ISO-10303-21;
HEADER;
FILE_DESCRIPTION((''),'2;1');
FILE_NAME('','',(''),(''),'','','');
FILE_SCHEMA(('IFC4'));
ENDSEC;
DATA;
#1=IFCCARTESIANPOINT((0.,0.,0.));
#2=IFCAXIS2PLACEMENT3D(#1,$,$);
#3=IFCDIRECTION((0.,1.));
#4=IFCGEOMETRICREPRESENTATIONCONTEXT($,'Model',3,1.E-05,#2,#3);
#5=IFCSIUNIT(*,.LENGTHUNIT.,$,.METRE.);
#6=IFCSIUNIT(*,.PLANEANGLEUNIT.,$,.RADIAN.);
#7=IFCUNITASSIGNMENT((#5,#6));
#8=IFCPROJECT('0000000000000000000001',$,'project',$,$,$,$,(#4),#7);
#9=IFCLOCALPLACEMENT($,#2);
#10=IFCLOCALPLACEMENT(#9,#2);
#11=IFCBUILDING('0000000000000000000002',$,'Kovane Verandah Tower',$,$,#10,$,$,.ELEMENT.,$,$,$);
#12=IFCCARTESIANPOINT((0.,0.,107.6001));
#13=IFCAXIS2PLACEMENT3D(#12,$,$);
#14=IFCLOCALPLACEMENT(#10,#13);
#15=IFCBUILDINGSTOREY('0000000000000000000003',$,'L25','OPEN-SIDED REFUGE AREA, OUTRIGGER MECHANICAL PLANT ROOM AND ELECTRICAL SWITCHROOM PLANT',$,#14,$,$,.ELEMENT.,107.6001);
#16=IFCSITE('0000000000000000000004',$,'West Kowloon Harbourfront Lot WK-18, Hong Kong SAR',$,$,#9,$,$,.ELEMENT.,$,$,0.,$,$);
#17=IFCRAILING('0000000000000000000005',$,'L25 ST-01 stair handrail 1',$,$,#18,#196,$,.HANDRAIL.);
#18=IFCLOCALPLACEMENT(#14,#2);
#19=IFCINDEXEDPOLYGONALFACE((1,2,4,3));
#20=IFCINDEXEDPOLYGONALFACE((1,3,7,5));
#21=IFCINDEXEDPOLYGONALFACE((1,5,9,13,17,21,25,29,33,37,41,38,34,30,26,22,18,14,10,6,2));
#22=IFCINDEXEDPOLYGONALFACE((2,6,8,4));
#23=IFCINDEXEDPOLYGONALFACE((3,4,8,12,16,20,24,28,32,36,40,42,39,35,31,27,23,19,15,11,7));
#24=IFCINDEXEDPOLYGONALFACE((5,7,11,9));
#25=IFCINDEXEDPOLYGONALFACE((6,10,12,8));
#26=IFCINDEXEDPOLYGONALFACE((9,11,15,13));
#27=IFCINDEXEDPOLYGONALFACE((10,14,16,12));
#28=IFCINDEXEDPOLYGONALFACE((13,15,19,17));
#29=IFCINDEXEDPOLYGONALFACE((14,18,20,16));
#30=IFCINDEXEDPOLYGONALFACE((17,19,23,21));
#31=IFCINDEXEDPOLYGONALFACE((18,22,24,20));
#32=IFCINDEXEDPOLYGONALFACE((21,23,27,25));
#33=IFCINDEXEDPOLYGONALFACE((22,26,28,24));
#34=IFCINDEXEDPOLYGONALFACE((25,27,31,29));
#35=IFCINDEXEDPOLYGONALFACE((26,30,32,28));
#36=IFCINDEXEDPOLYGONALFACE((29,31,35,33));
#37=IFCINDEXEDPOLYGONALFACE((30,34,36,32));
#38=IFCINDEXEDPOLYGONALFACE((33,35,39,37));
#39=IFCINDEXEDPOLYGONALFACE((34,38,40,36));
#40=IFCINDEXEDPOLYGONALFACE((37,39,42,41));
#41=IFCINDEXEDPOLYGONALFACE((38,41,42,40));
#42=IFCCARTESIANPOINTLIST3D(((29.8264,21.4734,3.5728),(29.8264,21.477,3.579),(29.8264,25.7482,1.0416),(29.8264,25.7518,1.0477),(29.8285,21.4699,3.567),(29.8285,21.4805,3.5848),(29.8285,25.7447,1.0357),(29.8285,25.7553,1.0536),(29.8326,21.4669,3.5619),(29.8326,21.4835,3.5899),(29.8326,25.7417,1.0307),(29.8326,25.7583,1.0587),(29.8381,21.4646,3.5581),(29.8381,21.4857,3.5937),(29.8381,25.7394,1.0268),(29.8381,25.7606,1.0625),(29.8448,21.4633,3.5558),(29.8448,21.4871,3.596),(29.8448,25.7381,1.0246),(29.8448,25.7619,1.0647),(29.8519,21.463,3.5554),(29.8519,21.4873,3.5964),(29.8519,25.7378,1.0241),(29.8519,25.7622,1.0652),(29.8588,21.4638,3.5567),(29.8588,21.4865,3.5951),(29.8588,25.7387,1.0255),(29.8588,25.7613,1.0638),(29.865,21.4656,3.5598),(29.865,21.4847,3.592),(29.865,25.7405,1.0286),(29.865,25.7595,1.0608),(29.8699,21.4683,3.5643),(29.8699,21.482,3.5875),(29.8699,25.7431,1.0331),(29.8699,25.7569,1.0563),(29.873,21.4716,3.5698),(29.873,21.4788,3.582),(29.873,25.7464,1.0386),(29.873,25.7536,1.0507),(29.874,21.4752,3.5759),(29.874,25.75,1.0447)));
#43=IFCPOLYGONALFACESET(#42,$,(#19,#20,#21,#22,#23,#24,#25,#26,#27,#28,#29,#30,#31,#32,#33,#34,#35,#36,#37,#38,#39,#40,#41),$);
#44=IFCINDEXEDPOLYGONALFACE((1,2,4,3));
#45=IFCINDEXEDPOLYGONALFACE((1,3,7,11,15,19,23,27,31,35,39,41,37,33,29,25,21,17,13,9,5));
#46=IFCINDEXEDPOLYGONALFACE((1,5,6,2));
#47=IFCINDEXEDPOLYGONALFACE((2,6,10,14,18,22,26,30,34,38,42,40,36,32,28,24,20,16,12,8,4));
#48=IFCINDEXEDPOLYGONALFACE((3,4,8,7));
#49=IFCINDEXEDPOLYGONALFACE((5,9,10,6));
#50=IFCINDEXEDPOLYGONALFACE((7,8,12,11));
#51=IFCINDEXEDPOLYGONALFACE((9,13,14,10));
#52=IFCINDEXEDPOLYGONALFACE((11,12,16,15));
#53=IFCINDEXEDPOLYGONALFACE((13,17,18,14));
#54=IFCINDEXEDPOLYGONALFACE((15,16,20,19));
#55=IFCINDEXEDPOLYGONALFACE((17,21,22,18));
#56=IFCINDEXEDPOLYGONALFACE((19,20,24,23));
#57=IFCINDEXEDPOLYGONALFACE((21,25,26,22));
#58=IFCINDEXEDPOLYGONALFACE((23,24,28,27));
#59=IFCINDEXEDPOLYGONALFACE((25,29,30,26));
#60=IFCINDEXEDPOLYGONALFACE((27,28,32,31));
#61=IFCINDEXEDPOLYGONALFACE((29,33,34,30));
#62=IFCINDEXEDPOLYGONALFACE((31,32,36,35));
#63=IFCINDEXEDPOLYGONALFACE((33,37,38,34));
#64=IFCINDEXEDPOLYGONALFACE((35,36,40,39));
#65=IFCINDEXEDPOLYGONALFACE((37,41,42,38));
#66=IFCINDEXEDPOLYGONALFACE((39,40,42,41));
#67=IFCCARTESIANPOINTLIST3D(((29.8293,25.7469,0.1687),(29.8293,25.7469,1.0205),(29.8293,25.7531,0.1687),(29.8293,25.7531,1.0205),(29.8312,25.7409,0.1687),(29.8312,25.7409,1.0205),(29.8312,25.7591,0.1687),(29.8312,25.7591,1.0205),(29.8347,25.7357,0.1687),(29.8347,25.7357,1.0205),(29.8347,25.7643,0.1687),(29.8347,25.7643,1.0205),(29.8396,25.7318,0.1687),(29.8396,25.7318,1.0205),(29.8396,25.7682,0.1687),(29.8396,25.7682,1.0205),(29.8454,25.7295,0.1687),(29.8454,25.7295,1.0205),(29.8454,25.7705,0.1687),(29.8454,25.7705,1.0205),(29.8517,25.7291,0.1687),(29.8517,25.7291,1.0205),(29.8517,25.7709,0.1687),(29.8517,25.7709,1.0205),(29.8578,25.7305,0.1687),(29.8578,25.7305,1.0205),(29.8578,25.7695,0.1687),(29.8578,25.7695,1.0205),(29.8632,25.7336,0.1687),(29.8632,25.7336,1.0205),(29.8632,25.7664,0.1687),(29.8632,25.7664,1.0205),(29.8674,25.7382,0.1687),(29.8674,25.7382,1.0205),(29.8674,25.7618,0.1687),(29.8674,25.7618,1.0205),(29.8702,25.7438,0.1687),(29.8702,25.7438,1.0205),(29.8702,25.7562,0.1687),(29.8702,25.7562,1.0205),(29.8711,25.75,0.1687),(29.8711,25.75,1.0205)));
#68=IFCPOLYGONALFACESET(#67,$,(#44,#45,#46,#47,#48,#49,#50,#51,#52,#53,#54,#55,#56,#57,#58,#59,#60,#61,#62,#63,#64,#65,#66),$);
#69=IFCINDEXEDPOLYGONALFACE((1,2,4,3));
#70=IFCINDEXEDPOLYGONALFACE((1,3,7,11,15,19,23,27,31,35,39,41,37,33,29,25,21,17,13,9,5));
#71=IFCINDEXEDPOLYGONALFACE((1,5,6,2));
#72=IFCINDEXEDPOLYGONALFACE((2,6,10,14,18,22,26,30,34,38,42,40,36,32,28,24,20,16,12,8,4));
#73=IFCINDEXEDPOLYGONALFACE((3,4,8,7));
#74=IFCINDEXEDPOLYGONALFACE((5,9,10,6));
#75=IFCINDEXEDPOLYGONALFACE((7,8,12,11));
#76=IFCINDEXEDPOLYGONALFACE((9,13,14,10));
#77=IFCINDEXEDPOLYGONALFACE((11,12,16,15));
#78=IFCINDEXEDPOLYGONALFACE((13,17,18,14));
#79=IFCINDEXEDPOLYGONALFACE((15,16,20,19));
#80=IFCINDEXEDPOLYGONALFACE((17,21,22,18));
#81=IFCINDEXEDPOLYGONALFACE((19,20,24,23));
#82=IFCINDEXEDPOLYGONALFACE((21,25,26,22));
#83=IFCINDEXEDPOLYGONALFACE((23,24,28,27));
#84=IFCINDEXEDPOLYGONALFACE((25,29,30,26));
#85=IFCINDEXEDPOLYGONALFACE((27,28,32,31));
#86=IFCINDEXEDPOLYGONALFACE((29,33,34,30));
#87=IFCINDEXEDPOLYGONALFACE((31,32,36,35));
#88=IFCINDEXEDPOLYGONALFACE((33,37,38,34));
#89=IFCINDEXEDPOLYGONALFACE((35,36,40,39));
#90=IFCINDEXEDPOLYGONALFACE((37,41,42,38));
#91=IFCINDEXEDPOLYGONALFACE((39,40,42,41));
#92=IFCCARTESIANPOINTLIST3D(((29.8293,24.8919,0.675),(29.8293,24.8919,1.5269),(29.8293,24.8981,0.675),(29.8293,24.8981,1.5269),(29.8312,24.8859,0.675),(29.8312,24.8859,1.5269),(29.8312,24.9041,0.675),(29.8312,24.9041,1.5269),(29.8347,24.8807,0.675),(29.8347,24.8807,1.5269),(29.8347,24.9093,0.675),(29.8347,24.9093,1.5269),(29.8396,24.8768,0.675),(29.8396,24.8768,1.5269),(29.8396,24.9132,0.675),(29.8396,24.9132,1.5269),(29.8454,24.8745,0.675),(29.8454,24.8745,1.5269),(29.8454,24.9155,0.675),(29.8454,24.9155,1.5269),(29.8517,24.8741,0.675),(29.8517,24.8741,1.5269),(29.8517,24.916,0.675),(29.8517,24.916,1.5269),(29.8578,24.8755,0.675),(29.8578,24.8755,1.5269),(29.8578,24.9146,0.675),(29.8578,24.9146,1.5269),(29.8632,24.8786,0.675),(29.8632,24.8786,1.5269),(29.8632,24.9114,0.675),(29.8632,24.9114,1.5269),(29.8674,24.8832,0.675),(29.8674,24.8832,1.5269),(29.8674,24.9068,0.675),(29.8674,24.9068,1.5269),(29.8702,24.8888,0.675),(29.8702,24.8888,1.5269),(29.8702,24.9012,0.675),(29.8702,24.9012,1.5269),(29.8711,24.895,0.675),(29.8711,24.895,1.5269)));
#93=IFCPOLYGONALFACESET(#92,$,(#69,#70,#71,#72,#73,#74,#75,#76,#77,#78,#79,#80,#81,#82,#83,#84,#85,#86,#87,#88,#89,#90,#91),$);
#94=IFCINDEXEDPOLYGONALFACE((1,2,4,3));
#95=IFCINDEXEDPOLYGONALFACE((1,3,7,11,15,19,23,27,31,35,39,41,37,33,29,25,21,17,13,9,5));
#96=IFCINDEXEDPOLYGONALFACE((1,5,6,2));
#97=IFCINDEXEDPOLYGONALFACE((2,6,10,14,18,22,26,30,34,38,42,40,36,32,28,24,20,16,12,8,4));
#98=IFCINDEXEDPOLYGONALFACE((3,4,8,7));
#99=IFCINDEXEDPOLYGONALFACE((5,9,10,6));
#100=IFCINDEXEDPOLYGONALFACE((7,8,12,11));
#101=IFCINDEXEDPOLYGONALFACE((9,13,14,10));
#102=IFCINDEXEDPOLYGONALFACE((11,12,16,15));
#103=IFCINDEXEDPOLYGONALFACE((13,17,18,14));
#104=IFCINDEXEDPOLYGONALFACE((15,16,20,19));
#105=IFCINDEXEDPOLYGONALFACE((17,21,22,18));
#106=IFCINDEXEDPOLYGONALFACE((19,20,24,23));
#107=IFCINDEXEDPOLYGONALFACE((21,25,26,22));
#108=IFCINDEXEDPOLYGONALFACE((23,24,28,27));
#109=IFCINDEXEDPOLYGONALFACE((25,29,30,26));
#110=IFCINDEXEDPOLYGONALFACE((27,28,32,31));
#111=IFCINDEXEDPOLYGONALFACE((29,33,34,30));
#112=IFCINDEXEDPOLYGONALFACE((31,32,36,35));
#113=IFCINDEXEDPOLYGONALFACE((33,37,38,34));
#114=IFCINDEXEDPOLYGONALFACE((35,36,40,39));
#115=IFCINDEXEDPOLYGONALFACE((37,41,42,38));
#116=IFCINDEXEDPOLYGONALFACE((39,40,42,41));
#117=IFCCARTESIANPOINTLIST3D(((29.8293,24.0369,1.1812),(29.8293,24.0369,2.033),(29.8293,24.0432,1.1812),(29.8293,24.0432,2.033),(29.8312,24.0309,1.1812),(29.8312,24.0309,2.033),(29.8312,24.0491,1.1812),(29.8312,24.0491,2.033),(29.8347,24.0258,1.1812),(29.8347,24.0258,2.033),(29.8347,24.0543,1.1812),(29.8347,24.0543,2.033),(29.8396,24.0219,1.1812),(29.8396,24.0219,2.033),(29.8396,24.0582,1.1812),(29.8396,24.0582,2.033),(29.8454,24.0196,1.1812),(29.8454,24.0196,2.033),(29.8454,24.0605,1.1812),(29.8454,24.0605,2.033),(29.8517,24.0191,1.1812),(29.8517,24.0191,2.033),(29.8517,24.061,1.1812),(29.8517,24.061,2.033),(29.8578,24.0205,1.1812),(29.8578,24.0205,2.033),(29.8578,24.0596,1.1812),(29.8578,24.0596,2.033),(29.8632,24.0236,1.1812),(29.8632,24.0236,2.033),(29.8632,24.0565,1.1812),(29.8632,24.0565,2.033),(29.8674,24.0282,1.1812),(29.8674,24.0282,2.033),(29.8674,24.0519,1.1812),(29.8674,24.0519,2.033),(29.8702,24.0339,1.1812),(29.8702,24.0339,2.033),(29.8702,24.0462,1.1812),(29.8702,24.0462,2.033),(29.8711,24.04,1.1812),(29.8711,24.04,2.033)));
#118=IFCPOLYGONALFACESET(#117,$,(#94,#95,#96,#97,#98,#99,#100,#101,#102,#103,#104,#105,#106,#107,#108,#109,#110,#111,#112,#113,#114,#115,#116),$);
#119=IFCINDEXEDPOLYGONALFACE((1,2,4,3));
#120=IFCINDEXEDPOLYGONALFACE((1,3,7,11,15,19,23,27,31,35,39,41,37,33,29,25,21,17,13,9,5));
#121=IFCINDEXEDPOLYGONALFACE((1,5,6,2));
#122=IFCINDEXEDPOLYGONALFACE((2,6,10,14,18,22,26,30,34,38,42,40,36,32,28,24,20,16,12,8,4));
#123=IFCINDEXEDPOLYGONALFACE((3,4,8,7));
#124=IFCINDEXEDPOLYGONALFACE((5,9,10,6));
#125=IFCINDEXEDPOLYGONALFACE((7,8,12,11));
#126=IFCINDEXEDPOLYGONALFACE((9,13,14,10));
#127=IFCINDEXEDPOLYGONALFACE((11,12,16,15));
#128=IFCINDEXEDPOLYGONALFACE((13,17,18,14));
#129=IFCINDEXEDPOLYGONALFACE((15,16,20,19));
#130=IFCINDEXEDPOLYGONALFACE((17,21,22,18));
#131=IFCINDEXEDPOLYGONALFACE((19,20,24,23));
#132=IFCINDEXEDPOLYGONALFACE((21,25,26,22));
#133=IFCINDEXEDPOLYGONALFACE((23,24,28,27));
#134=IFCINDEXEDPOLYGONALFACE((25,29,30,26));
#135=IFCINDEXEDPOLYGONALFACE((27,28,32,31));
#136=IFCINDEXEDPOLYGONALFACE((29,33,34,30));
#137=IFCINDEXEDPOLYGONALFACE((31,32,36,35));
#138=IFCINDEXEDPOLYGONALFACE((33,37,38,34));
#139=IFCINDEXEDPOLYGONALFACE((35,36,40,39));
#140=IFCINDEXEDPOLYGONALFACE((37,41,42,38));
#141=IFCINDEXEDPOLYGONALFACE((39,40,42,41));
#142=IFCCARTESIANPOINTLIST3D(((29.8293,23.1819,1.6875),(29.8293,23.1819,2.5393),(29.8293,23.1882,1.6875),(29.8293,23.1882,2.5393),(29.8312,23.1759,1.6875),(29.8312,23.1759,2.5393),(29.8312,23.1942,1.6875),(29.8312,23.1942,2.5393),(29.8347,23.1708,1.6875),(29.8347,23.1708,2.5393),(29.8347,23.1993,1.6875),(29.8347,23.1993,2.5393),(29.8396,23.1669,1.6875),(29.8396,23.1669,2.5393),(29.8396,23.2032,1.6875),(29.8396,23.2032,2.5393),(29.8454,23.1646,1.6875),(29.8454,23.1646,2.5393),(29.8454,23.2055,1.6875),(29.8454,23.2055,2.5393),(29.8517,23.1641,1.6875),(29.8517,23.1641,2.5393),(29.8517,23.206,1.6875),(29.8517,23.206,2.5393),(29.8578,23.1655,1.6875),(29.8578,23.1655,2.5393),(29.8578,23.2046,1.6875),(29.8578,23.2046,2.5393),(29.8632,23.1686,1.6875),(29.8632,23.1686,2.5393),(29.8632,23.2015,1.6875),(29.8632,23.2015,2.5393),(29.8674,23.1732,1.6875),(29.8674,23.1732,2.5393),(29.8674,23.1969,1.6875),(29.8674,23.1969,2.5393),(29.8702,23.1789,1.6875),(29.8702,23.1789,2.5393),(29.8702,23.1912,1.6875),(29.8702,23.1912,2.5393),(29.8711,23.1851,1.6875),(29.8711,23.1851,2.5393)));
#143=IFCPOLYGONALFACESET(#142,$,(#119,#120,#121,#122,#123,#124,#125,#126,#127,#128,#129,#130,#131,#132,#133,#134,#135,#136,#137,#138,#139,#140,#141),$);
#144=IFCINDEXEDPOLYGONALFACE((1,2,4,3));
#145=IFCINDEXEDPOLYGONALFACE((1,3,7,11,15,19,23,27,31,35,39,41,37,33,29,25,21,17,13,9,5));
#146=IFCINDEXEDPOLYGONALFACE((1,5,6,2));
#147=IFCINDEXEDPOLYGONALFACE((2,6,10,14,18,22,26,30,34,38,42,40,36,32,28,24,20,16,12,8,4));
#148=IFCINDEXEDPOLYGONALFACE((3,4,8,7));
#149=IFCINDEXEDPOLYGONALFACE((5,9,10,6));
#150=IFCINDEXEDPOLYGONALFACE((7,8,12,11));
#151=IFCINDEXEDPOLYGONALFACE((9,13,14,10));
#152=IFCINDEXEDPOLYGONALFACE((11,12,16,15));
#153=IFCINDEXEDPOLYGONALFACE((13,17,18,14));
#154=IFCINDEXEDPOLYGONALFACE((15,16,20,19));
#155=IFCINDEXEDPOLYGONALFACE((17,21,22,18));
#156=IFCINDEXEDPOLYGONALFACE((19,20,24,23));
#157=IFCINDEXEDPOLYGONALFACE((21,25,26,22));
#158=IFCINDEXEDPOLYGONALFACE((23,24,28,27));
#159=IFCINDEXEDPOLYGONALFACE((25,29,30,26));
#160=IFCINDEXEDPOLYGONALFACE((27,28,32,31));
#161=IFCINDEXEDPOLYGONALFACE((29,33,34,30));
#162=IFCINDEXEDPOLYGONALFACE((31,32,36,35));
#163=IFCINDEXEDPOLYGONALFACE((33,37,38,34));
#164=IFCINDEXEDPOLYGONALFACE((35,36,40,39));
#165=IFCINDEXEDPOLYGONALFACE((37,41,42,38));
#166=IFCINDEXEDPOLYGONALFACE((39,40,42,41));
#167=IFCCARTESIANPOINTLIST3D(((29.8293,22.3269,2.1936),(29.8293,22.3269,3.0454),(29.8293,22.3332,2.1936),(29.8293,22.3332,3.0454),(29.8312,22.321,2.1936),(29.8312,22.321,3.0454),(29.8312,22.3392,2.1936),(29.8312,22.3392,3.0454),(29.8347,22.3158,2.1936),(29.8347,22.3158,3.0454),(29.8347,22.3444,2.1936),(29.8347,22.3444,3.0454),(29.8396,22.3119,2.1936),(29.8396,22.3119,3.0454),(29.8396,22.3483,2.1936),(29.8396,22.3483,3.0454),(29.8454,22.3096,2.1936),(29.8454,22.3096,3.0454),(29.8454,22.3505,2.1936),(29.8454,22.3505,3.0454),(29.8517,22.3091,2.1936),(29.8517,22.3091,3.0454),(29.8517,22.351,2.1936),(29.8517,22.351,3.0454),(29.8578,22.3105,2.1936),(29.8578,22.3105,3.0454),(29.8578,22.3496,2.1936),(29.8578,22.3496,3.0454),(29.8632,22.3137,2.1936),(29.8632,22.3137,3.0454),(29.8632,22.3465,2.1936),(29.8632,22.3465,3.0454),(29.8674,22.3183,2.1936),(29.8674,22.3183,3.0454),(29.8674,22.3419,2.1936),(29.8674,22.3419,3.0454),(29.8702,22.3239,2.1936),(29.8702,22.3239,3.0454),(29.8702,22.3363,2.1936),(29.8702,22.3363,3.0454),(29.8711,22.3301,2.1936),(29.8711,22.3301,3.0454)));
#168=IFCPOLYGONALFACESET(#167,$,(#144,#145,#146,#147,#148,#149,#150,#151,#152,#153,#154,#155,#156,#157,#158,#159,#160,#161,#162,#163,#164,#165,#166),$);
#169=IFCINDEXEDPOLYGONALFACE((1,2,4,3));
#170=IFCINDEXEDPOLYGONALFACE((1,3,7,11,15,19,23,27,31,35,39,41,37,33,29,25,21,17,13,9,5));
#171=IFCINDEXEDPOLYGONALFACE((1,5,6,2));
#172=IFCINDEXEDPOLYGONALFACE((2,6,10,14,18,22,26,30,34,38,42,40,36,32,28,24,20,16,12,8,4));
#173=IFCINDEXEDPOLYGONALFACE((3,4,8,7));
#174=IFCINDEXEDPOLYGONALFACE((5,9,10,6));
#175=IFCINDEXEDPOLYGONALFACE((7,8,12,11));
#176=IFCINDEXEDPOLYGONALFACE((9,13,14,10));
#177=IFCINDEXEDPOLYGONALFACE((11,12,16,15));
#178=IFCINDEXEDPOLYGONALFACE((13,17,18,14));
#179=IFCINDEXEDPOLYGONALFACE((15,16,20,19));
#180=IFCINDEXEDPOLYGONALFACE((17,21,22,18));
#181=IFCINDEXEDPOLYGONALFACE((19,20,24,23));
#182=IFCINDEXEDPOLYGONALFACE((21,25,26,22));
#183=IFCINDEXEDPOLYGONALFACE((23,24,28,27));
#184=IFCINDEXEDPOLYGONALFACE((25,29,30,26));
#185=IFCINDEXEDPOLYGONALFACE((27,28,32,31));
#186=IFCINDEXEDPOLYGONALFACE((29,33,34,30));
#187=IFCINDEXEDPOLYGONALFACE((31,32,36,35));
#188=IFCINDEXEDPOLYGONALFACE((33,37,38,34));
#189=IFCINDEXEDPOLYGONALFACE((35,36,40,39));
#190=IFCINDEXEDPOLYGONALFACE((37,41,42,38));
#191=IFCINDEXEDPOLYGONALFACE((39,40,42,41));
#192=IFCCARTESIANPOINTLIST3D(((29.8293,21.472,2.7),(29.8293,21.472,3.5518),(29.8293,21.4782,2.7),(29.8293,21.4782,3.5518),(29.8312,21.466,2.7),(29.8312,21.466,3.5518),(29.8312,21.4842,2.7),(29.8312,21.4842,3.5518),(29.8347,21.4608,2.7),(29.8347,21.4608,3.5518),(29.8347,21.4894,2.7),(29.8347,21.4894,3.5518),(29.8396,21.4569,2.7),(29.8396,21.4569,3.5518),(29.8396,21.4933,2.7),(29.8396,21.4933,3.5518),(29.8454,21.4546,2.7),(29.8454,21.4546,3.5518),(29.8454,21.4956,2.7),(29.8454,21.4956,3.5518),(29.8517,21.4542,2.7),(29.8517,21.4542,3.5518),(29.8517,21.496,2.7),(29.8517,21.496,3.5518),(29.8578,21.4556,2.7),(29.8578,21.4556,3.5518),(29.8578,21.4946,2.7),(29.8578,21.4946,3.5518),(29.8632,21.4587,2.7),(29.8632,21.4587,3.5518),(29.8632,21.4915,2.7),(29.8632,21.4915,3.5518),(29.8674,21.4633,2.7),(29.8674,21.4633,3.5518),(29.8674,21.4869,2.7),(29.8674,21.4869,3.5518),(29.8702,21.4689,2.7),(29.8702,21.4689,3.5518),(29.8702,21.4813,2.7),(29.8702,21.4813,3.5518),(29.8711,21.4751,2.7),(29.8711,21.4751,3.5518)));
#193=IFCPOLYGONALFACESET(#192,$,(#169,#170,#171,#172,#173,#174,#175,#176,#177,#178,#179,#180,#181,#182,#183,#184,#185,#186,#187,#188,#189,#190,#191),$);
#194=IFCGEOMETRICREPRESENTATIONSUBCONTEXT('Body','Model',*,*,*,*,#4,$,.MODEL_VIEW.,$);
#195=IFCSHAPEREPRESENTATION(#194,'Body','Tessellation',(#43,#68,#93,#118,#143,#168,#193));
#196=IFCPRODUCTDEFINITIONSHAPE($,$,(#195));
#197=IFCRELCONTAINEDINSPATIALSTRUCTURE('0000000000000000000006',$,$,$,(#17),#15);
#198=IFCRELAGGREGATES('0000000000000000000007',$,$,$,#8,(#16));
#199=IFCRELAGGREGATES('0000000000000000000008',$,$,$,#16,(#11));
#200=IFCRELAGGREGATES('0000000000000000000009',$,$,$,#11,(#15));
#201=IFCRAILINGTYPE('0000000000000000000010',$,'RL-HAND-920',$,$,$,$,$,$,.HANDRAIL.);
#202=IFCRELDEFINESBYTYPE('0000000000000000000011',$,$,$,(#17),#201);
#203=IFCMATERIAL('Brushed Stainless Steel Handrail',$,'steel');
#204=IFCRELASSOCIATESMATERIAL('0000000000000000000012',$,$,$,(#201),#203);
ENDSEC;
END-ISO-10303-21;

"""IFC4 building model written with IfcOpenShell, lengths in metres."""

from ifc_helpers import new_model, si_unit, direction, frame, origin, origin_2d, place, context, subcontext, project, spatial, circle, extrude, material, type_object, element, save


model = new_model("IFC4")

# Units and contexts
model_context = context("Model", 3, precision=1e-05, world=origin(), true_north=direction((0.0, 1.0)))
body_context = subcontext(model_context, "Body", "Model", "MODEL_VIEW")
ifc_project = project(units=[si_unit("LENGTHUNIT", "METRE"), si_unit("PLANEANGLEUNIT", "RADIAN")], contexts=[model_context])

# Site, building, storey
site_placement = place(None, origin())
site = spatial("IfcSite", under=ifc_project, at=site_placement, Name="West Kowloon Harbourfront Lot WK-18, Hong Kong SAR", CompositionType="ELEMENT", RefElevation=0.0)
building_placement = place(site_placement, origin())
building = spatial("IfcBuilding", under=site, at=building_placement, Name="Kovane Verandah Tower", CompositionType="ELEMENT")
storey_placement = place(building_placement, frame((0.0, 0.0, 107.6001)))
storey = spatial("IfcBuildingStorey", under=building, at=storey_placement, Name="L25", Description="OPEN-SIDED REFUGE AREA, OUTRIGGER MECHANICAL PLANT ROOM AND ELECTRICAL SWITCHROOM PLANT", CompositionType="ELEMENT", Elevation=107.6001)

# Railing
ifc_material_1 = material(Name="Brushed Stainless Steel Handrail", Category="steel")
railing_type_1 = type_object("IfcRailingType", Name="RL-HAND-920", PredefinedType="HANDRAIL", material=ifc_material_1)
railing_1_placement = place(storey_placement, frame((29.8501, 25.75, 0.1687)))
element("IfcRailing", 1, at=railing_1_placement, inside=storey, type_object=railing_type_1, Name="L25 ST-01 stair handrail 1", PredefinedType="HANDRAIL", context=body_context, shape_type="SweptSolid", body=[
    extrude(circle(Radius=0.0239, at=origin_2d()), frame((0.0, 0.0, 0.876), z_axis=(0.0, -0.86047, 0.509501), x_axis=(1.0, 0.0, 0.0)), (0.0, 0.0, 1.0), 4.968),
    extrude(circle(Radius=0.021, at=origin_2d()), origin(), (0.0, 0.0, 1.0), 0.8518),
    extrude(circle(Radius=0.021, at=origin_2d()), frame((0.0, -0.855, 0.5063)), (0.0, 0.0, 1.0), 0.8518),
    extrude(circle(Radius=0.021, at=origin_2d()), frame((0.0, -1.71, 1.0125)), (0.0, 0.0, 1.0), 0.8518),
    extrude(circle(Radius=0.021, at=origin_2d()), frame((0.0, -2.5649, 1.5188)), (0.0, 0.0, 1.0), 0.8518),
    extrude(circle(Radius=0.021, at=origin_2d()), frame((0.0, -3.4199, 2.0249)), (0.0, 0.0, 1.0), 0.8518),
    extrude(circle(Radius=0.021, at=origin_2d()), frame((0.0, -4.2749, 2.5312)), (0.0, 0.0, 1.0), 0.8518),
])

save(model, "model.ifc")
